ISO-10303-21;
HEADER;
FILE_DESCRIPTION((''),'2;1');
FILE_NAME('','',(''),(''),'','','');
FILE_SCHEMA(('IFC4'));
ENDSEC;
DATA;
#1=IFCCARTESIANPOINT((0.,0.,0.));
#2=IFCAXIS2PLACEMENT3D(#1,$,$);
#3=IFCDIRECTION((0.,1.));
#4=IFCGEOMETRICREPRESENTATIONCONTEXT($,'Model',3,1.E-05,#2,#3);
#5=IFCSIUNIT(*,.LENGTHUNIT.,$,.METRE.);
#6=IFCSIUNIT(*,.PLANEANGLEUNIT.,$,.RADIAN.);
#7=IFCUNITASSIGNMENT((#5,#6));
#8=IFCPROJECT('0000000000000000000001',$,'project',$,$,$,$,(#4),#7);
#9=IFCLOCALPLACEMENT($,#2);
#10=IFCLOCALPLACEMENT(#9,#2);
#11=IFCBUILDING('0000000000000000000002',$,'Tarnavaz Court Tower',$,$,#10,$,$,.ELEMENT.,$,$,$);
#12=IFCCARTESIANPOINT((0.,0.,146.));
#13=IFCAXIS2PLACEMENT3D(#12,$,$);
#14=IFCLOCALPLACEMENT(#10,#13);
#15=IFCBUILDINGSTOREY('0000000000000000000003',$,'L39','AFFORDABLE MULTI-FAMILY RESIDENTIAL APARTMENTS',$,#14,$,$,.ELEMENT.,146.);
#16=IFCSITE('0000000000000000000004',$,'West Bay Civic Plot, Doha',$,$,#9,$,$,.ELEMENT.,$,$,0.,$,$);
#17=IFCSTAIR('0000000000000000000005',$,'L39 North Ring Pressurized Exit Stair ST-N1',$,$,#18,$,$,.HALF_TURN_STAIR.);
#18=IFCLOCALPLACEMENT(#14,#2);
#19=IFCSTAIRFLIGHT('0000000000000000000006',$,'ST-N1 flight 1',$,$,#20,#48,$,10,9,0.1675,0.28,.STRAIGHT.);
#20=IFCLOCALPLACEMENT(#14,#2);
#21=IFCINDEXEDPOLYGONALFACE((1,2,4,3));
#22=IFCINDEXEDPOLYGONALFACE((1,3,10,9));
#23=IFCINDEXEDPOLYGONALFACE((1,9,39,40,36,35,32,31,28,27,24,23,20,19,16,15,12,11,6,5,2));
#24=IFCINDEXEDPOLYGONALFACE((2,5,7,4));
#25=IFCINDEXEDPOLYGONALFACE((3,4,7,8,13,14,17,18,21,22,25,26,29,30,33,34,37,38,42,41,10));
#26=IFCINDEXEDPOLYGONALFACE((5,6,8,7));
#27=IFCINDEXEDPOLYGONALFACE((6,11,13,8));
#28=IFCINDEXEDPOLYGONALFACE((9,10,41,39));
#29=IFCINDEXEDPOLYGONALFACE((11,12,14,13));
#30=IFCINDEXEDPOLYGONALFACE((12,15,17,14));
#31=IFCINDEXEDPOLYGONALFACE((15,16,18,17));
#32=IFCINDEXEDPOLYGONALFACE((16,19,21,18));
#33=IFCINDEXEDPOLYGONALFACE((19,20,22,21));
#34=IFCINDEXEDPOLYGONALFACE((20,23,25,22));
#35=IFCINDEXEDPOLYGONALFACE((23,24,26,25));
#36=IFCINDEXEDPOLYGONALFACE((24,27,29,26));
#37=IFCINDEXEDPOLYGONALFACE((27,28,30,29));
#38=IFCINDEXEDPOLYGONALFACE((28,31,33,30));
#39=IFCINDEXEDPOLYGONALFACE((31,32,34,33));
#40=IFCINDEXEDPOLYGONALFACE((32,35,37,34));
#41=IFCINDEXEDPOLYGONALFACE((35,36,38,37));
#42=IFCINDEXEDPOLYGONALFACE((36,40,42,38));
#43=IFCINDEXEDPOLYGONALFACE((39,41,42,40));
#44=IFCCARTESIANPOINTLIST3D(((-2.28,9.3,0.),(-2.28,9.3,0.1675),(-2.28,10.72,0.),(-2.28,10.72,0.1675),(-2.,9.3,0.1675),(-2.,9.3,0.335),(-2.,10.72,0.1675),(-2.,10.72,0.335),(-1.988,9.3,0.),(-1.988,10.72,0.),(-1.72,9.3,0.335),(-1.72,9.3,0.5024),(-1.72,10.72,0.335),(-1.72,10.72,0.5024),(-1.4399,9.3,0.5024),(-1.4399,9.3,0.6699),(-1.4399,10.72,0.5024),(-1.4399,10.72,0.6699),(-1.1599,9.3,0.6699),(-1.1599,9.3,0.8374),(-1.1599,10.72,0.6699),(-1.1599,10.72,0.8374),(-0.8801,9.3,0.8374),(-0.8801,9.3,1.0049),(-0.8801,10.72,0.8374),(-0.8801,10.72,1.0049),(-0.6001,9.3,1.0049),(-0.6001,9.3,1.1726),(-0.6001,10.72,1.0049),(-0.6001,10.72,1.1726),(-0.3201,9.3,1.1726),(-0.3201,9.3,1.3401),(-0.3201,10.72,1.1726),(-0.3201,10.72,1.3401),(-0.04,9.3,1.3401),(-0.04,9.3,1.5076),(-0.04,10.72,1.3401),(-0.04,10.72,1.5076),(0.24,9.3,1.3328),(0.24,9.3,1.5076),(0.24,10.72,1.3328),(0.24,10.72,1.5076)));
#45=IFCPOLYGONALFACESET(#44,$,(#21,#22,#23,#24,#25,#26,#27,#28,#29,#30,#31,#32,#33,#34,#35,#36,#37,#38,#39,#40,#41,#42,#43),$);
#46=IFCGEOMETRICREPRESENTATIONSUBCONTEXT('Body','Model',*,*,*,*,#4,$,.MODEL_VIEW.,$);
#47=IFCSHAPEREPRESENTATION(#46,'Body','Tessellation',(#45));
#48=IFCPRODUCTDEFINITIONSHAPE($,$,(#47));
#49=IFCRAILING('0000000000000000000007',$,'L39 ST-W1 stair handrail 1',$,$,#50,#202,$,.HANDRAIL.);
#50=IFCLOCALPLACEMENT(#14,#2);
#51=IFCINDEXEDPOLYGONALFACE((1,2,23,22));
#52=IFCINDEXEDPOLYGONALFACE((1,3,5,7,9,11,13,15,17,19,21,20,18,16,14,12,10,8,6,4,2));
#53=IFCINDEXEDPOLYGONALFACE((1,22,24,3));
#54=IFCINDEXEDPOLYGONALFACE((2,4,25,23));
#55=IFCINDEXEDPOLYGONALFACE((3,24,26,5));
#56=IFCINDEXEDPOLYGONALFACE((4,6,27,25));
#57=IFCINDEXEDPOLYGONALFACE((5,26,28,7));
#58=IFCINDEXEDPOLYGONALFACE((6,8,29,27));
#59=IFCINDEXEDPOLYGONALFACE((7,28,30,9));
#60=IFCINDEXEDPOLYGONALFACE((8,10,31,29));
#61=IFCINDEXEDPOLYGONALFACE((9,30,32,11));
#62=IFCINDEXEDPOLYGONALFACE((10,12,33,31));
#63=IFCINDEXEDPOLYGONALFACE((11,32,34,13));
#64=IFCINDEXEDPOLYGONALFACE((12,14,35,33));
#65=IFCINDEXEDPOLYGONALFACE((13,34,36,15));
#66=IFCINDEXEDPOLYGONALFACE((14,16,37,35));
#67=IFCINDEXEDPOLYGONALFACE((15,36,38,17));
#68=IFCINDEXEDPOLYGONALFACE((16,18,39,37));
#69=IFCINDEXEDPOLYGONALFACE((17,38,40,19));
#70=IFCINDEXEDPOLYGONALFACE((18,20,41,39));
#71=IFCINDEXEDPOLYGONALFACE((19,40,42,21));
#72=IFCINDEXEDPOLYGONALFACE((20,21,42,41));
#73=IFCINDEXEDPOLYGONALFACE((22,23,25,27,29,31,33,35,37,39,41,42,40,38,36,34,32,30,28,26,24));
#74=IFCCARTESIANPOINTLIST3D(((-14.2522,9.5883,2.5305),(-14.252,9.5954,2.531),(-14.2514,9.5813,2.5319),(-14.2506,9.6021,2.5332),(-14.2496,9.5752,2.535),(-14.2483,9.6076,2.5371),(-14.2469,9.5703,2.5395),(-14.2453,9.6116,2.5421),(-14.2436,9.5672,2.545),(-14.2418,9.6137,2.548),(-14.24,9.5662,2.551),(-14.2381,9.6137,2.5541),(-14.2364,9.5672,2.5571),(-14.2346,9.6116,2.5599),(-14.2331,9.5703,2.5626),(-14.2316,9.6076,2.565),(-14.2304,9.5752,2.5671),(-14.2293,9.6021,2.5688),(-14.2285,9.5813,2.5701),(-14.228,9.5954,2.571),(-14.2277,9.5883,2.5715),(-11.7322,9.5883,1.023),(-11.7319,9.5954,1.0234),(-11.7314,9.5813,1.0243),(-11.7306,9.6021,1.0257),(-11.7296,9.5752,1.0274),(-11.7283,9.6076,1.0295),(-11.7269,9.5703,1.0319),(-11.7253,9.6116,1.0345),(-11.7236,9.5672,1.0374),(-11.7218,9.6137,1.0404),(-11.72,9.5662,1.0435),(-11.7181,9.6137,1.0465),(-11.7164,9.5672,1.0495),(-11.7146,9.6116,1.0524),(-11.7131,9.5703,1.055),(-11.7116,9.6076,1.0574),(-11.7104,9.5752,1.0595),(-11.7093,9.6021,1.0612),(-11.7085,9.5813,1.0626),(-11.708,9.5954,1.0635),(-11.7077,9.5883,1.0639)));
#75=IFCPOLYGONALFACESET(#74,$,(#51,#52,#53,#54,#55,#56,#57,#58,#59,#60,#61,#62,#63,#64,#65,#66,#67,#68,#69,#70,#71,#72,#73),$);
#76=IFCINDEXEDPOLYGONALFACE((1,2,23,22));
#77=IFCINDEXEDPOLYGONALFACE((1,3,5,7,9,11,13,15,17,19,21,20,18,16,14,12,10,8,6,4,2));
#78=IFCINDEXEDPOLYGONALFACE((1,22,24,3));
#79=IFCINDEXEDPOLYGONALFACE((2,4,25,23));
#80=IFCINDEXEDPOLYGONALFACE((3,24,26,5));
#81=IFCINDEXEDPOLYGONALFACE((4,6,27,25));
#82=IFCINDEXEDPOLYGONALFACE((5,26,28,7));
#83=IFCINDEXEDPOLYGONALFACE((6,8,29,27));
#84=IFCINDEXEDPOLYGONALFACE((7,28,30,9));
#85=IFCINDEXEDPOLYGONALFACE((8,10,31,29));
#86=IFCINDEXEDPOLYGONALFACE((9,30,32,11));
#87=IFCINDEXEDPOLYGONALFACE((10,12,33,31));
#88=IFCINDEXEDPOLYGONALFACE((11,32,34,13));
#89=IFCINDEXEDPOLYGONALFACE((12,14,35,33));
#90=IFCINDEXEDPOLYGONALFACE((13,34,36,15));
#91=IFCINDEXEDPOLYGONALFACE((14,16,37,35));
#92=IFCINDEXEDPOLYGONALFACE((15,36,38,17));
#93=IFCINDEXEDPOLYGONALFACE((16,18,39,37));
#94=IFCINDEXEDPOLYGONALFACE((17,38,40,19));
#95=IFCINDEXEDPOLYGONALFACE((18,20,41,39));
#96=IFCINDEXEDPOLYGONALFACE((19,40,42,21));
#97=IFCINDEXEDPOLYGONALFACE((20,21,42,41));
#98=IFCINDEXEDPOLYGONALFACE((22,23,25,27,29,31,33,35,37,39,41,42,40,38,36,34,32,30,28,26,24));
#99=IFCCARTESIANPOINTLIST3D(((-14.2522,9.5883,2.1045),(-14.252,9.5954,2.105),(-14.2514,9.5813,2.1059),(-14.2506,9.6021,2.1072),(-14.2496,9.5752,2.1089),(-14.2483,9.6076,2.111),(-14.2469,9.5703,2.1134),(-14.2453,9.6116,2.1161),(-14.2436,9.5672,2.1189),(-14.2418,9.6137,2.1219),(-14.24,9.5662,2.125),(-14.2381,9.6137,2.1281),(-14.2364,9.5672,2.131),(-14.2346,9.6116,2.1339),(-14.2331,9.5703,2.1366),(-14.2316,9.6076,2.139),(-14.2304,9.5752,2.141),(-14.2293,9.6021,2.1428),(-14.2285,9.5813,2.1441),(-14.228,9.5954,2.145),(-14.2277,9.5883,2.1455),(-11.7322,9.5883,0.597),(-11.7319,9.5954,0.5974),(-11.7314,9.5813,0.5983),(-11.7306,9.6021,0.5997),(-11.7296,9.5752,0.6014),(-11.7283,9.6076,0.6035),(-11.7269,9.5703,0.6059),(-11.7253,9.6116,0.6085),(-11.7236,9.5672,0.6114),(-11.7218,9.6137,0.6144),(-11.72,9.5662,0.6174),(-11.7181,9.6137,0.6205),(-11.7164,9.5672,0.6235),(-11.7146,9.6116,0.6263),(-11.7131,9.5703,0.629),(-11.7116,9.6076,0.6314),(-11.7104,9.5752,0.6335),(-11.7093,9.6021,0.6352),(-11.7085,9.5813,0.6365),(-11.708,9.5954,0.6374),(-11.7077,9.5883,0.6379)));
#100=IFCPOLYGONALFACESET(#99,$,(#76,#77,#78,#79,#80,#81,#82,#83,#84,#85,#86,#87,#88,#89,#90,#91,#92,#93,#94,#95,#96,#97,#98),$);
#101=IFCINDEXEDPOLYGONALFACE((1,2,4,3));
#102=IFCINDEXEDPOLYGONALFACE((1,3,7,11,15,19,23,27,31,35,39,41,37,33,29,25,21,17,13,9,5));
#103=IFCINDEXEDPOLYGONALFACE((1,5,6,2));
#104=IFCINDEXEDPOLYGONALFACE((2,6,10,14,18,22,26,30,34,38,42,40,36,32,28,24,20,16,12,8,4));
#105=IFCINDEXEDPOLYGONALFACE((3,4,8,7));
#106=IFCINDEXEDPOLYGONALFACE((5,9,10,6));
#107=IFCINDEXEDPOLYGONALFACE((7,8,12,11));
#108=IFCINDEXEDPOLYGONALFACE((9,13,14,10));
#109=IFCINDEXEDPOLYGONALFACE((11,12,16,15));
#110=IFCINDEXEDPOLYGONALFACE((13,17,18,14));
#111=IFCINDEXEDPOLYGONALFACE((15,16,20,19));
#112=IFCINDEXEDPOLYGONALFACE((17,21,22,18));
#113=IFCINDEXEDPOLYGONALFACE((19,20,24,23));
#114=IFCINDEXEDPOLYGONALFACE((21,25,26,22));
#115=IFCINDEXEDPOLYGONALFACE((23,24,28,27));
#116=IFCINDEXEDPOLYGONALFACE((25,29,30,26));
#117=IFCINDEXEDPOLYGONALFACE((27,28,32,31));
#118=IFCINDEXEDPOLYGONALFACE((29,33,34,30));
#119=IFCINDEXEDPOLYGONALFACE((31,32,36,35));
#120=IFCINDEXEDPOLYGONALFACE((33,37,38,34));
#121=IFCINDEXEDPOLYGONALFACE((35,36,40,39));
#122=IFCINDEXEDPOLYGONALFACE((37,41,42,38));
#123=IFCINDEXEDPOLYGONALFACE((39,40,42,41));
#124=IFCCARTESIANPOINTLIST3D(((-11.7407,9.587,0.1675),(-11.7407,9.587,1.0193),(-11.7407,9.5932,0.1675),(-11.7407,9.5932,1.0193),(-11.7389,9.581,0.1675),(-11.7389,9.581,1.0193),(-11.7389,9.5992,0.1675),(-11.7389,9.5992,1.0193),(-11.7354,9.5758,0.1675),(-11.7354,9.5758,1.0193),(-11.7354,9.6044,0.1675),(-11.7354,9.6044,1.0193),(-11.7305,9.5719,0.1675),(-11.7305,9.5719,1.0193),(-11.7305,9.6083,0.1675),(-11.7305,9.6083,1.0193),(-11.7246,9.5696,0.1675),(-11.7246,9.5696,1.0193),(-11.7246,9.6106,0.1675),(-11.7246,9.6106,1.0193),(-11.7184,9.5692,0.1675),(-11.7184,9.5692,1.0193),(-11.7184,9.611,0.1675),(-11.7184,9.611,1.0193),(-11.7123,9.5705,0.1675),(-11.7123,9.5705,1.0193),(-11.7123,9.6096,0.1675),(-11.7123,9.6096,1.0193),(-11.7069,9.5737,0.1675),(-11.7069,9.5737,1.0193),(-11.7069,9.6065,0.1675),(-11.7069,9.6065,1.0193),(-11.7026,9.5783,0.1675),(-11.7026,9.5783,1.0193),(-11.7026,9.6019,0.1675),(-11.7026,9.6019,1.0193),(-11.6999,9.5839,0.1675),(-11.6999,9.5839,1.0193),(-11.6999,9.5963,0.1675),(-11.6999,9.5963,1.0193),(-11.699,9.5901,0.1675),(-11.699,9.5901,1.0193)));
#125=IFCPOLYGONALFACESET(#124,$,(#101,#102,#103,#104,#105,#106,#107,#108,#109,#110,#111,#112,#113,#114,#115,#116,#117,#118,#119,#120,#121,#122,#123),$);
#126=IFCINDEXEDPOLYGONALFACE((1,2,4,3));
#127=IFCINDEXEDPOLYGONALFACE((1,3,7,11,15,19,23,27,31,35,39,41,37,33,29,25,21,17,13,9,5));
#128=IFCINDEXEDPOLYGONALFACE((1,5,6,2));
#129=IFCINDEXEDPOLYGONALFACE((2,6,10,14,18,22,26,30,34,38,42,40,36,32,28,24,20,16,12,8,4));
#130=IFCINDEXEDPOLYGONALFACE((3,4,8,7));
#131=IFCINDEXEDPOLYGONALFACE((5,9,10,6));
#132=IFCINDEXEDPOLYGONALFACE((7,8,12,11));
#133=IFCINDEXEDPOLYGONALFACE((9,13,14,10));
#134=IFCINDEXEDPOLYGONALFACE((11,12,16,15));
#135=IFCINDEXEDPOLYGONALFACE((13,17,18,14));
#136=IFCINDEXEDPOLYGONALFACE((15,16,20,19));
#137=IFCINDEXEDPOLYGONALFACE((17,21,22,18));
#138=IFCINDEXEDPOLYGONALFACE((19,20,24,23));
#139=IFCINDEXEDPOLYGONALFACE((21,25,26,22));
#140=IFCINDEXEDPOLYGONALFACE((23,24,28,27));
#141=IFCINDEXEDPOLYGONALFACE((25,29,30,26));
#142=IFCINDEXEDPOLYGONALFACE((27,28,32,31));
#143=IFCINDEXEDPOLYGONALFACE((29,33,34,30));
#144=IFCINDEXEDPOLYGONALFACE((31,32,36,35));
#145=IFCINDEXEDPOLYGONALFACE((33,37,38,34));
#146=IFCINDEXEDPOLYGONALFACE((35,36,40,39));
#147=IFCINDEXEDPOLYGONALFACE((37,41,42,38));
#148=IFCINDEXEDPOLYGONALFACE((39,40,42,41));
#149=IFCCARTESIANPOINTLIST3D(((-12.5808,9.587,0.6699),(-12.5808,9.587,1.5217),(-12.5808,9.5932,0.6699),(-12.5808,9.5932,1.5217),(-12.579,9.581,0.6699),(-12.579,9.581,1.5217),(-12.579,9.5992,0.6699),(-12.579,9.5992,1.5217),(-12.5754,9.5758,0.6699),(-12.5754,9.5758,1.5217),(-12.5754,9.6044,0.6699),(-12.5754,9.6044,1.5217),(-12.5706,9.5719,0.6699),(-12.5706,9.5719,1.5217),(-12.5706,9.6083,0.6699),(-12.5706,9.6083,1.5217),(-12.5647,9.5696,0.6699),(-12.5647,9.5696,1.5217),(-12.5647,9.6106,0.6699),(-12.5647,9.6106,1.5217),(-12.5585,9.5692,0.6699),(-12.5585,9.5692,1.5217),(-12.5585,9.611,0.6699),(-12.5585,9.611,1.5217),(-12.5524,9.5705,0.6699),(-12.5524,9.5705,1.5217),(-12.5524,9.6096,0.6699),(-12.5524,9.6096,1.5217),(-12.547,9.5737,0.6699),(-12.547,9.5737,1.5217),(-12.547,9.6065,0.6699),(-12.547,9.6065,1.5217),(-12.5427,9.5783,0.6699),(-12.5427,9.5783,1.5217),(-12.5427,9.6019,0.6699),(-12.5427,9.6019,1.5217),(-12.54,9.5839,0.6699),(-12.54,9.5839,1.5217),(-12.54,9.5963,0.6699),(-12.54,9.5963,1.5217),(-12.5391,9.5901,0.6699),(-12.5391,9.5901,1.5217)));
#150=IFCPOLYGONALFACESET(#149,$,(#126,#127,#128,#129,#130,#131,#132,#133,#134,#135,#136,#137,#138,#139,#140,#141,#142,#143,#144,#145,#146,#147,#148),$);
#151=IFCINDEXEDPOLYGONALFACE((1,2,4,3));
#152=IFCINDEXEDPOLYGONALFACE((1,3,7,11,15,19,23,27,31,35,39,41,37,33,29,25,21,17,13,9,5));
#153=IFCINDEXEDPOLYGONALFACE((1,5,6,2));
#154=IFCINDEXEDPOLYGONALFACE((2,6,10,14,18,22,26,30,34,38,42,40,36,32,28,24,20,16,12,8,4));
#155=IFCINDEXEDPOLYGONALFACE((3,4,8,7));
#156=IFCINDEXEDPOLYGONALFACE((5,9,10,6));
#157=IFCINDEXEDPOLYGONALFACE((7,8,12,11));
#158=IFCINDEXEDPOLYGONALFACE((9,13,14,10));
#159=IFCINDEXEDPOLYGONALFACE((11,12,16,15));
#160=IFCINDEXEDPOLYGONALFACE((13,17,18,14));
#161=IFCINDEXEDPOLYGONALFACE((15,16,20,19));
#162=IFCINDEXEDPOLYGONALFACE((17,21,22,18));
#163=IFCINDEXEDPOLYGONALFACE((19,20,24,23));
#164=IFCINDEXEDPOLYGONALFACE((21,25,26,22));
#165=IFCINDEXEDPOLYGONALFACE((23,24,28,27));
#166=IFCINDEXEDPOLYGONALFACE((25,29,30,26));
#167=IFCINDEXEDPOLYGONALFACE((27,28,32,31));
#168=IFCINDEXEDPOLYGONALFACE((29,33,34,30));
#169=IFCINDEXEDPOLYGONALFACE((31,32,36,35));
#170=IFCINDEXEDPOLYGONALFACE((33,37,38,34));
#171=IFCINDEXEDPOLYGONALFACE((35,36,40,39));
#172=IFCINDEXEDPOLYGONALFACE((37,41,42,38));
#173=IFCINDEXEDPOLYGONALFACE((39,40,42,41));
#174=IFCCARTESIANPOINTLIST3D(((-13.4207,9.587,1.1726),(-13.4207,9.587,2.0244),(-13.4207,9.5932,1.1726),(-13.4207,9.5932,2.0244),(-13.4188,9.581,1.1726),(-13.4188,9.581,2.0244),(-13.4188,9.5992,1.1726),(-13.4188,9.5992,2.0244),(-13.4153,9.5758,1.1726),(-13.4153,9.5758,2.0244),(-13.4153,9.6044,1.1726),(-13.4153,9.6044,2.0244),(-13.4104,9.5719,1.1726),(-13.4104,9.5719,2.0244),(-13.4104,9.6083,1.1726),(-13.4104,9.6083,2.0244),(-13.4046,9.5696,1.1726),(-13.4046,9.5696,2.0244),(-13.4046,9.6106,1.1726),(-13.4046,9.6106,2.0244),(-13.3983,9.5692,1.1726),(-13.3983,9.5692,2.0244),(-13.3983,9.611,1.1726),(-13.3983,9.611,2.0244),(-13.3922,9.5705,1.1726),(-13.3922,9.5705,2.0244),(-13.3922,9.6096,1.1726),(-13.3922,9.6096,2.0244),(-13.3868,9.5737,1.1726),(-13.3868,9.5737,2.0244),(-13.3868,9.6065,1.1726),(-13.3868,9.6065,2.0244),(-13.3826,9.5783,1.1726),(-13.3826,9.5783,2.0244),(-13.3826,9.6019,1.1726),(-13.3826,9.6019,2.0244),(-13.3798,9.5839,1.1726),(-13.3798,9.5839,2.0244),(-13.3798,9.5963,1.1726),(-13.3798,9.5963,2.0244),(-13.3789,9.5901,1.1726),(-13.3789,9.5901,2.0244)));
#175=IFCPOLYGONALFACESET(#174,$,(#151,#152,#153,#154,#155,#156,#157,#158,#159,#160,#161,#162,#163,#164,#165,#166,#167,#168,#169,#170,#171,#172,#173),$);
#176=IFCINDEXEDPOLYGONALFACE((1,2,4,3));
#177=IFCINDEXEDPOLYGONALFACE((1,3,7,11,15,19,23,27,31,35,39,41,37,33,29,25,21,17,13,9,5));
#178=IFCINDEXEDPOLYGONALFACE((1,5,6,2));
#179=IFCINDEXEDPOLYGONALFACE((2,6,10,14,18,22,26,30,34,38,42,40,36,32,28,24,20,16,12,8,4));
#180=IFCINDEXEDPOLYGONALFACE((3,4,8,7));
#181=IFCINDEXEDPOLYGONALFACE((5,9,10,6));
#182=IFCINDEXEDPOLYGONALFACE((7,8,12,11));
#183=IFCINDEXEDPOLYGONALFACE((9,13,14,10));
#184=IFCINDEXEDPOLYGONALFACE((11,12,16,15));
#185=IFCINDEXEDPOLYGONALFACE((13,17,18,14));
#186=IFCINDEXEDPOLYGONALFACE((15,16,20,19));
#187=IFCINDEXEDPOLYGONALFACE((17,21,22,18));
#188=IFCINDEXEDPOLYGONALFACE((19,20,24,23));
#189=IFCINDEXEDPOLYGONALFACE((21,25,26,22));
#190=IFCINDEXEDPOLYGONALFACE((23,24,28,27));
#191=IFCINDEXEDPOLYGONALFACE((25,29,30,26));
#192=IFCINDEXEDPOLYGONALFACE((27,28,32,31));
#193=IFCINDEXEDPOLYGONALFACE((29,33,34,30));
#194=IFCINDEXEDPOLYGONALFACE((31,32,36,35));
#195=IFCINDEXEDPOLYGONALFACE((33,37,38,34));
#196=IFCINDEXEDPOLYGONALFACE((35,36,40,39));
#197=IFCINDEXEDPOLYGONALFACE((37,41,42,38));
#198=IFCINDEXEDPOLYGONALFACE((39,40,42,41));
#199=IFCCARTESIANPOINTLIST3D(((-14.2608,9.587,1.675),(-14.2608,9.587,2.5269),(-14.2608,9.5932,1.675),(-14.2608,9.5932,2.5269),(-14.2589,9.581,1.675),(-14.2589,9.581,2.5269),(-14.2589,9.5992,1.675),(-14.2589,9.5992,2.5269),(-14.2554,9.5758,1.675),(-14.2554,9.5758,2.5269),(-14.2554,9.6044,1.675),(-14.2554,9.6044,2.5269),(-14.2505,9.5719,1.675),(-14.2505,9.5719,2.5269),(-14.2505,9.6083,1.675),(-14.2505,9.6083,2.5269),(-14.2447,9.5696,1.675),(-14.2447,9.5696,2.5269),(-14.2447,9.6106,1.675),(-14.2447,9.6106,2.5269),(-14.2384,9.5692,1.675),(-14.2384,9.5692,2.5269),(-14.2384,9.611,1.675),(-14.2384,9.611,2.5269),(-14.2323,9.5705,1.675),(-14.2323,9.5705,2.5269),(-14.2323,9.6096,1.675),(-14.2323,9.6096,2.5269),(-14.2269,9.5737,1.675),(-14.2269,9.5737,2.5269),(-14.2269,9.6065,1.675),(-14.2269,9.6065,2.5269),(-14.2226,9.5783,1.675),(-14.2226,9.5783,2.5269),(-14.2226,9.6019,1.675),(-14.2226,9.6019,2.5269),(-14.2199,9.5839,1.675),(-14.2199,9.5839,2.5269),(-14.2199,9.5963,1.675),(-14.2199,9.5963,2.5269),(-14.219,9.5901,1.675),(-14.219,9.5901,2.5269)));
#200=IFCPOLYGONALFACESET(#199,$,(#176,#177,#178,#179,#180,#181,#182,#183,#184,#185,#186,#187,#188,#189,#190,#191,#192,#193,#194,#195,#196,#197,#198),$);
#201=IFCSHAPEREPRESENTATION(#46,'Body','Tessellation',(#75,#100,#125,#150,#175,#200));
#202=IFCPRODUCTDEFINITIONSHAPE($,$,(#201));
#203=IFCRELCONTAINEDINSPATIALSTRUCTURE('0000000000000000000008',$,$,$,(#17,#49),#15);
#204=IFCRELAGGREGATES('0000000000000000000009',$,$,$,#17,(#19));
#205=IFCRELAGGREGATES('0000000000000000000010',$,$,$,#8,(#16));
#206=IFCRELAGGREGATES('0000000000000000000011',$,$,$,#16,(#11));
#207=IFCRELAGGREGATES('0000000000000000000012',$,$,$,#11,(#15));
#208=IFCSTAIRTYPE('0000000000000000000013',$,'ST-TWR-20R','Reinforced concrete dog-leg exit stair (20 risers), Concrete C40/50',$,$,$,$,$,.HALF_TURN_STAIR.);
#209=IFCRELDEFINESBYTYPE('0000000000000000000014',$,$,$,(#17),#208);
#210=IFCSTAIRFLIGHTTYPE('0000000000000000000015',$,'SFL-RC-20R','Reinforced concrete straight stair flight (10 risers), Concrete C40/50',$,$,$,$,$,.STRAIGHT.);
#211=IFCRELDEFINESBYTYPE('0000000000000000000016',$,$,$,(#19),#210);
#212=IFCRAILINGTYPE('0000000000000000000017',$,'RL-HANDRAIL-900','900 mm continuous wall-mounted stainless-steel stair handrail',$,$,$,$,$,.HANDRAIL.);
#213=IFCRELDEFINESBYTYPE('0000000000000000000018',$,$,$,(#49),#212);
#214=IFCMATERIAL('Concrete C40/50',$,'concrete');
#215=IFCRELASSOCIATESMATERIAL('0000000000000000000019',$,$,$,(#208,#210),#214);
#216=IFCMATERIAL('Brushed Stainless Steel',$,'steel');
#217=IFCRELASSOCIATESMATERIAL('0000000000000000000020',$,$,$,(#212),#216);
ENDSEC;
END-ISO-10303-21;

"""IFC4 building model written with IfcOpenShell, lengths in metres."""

from ifc_helpers import new_model, si_unit, direction, frame, origin, origin_2d, place, context, subcontext, project, spatial, polyline, circle, outline, extrude, material, type_object, element, aggregate, save


model = new_model("IFC4")

# Units and contexts
model_context = context("Model", 3, precision=1e-05, world=origin(), true_north=direction((0.0, 1.0)))
body_context = subcontext(model_context, "Body", "Model", "MODEL_VIEW")
ifc_project = project(units=[si_unit("LENGTHUNIT", "METRE"), si_unit("PLANEANGLEUNIT", "RADIAN")], contexts=[model_context])

# Site, building, storey
site_placement = place(None, origin())
site = spatial("IfcSite", under=ifc_project, at=site_placement, Name="West Bay Civic Plot, Doha", CompositionType="ELEMENT", RefElevation=0.0)
building_placement = place(site_placement, origin())
building = spatial("IfcBuilding", under=site, at=building_placement, Name="Tarnavaz Court Tower", CompositionType="ELEMENT")
storey_placement = place(building_placement, frame((0.0, 0.0, 146.0)))
storey = spatial("IfcBuildingStorey", under=building, at=storey_placement, Name="L39", Description="AFFORDABLE MULTI-FAMILY RESIDENTIAL APARTMENTS", CompositionType="ELEMENT", Elevation=146.0)

# Stair, stair flight
ifc_material_1 = material(Name="Concrete C40/50", Category="concrete")
stair_type = type_object("IfcStairType", Name="ST-TWR-20R", Description="Reinforced concrete dog-leg exit stair (20 risers), Concrete C40/50", PredefinedType="HALF_TURN_STAIR", material=ifc_material_1)
stair_flight_type = type_object("IfcStairFlightType", Name="SFL-RC-20R", Description="Reinforced concrete straight stair flight (10 risers), Concrete C40/50", PredefinedType="STRAIGHT", material=ifc_material_1)
stair_1_placement = place(storey_placement, origin())
stair_1 = element("IfcStair", 1, at=stair_1_placement, inside=storey, type_object=stair_type, Name="L39 North Ring Pressurized Exit Stair ST-N1", PredefinedType="HALF_TURN_STAIR")
stair_flight_1_placement = place(storey_placement, frame((-2.28, 10.01, 0.0), z_axis=(0.0, 0.0, 1.0), x_axis=(1.0, 0.0, 0.0)))
stair_flight_1 = element("IfcStairFlight", 2, at=stair_flight_1_placement, type_object=stair_flight_type, Name="ST-N1 flight 1", NumberOfRisers=10, NumberOfTreads=9, PredefinedType="STRAIGHT", RiserHeight=0.1675, TreadLength=0.28, context=body_context, shape_type="SweptSolid", body=[
    extrude(outline(polyline([(0.0, 0.0), (0.0, 0.1675), (0.28, 0.1675), (0.28, 0.335), (0.5601, 0.335), (0.5601, 0.5024), (0.8401, 0.5024), (0.8401, 0.6699), (1.1201, 0.6699), (1.1201, 0.8374), (1.3999, 0.8374), (1.3999, 1.0049), (1.6799, 1.0049), (1.6799, 1.1726), (1.96, 1.1726), (1.96, 1.3401), (2.24, 1.3401), (2.24, 1.5076), (2.52, 1.5076), (2.52, 1.675), (2.52, 1.3328), (0.292, 0.0), (0.0, 0.0)])), frame((0.0, 0.71, 0.0), z_axis=(0.0, -1.0, 0.0), x_axis=(1.0, 0.0, 0.0)), (0.0, 0.0, 1.0), 1.4199),
])
aggregate(stair_1, [stair_flight_1])

# Railing
ifc_material_2 = material(Name="Brushed Stainless Steel", Category="steel")
railing_type_1 = type_object("IfcRailingType", Name="RL-HANDRAIL-900", Description="900 mm continuous wall-mounted stainless-steel stair handrail", PredefinedType="HANDRAIL", material=ifc_material_2)
railing_1_placement = place(storey_placement, frame((-11.72, 9.5901, 0.1675)))
element("IfcRailing", 3, at=railing_1_placement, inside=storey, type_object=railing_type_1, Name="L39 ST-W1 stair handrail 1", PredefinedType="HANDRAIL", context=body_context, shape_type="SweptSolid", body=[
    extrude(circle(Radius=0.0239, at=origin_2d()), frame((0.0, 0.0, 0.876), z_axis=(-0.85816, 0.0, 0.513383), x_axis=(0.0, -1.0, 0.0)), (0.0, 0.0, 1.0), 2.9365),
    extrude(circle(Radius=0.0239, at=origin_2d()), frame((0.0, 0.0, 0.45), z_axis=(-0.85816, 0.0, 0.513383), x_axis=(0.0, -1.0, 0.0)), (0.0, 0.0, 1.0), 2.9365),
    extrude(circle(Radius=0.021, at=origin_2d()), origin(), (0.0, 0.0, 1.0), 0.8518),
    extrude(circle(Radius=0.021, at=origin_2d()), frame((-0.8401, 0.0, 0.5024)), (0.0, 0.0, 1.0), 0.8518),
    extrude(circle(Radius=0.021, at=origin_2d()), frame((-1.6799, 0.0, 1.0051)), (0.0, 0.0, 1.0), 0.8518),
    extrude(circle(Radius=0.021, at=origin_2d()), frame((-2.52, 0.0, 1.5076)), (0.0, 0.0, 1.0), 0.8518),
])

save(model, "model.ifc")
